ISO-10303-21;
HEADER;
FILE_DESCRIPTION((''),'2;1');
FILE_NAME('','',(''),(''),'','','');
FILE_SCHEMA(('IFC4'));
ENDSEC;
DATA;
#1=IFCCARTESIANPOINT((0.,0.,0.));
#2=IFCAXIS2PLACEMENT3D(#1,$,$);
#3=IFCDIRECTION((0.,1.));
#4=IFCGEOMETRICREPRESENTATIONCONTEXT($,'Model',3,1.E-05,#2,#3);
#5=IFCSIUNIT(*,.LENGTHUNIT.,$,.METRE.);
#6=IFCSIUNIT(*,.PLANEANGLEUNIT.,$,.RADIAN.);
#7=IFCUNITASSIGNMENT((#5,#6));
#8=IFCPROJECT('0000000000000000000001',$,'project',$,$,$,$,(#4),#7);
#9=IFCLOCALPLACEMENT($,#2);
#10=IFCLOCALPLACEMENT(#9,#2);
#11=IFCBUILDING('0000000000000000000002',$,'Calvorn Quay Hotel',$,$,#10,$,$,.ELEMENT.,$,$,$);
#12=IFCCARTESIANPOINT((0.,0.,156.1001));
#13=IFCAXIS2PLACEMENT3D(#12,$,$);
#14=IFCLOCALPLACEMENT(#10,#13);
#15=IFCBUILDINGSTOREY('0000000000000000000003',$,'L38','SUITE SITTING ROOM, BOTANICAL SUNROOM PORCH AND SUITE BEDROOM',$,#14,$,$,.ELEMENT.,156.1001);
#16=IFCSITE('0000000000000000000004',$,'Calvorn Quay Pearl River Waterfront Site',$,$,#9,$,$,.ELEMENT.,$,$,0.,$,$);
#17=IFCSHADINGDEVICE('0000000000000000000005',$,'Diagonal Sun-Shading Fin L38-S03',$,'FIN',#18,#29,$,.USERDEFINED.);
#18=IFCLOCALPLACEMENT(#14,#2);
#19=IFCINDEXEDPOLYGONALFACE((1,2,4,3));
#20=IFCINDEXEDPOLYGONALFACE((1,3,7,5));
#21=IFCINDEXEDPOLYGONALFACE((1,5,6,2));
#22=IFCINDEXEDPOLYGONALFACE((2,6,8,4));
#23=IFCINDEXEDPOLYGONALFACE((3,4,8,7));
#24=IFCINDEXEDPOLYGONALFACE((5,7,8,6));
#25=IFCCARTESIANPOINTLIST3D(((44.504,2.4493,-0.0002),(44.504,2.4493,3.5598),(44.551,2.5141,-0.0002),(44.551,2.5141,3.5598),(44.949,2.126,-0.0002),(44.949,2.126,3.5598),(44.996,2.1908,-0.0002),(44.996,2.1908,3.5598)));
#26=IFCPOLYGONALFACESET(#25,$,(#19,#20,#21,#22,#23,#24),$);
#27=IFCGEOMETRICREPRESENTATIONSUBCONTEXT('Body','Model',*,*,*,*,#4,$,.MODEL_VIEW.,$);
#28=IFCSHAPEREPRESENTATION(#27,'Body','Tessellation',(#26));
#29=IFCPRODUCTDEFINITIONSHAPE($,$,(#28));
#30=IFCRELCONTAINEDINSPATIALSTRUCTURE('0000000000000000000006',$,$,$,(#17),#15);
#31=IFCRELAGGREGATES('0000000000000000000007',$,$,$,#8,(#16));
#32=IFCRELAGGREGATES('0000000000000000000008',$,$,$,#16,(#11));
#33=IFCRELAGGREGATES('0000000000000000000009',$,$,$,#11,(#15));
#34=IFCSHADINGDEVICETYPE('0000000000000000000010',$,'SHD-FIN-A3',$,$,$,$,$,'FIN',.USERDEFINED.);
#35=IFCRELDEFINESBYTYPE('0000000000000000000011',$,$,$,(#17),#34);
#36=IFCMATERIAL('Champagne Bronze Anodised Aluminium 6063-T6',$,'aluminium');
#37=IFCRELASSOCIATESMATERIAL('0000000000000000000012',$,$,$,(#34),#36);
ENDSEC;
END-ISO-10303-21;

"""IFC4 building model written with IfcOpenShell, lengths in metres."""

from ifc_helpers import new_model, si_unit, direction, frame, origin, origin_2d, place, context, subcontext, project, spatial, rectangle, extrude, material, type_object, element, save


model = new_model("IFC4")

# Units and contexts
model_context = context("Model", 3, precision=1e-05, world=origin(), true_north=direction((0.0, 1.0)))
body_context = subcontext(model_context, "Body", "Model", "MODEL_VIEW")
ifc_project = project(units=[si_unit("LENGTHUNIT", "METRE"), si_unit("PLANEANGLEUNIT", "RADIAN")], contexts=[model_context])

# Site, building, storey
site_placement = place(None, origin())
site = spatial("IfcSite", under=ifc_project, at=site_placement, Name="Calvorn Quay Pearl River Waterfront Site", CompositionType="ELEMENT", RefElevation=0.0)
building_placement = place(site_placement, origin())
building = spatial("IfcBuilding", under=site, at=building_placement, Name="Calvorn Quay Hotel", CompositionType="ELEMENT")
storey_placement = place(building_placement, frame((0.0, 0.0, 156.1001)))
storey = spatial("IfcBuildingStorey", under=building, at=storey_placement, Name="L38", Description="SUITE SITTING ROOM, BOTANICAL SUNROOM PORCH AND SUITE BEDROOM", CompositionType="ELEMENT", Elevation=156.1001)

# Shading device
ifc_material_1 = material(Name="Champagne Bronze Anodised Aluminium 6063-T6", Category="aluminium")
shading_device_type = type_object("IfcShadingDeviceType", Name="SHD-FIN-A3", ElementType="FIN", PredefinedType="USERDEFINED", material=ifc_material_1)
shading_device_placement = place(storey_placement, frame((44.75, 2.3201, -0.0002), z_axis=(0.0, 0.0, 1.0), x_axis=(-0.809017, 0.587785, 0.0)))
element("IfcShadingDevice", 1, at=shading_device_placement, inside=storey, type_object=shading_device_type, Name="Diagonal Sun-Shading Fin L38-S03", ObjectType="FIN", PredefinedType="USERDEFINED", context=body_context, shape_type="SweptSolid", body=[
    extrude(rectangle(XDim=0.55, YDim=0.0801, at=origin_2d()), origin(), (0.0, 0.0, 1.0), 3.5601),
])

save(model, "model.ifc")
